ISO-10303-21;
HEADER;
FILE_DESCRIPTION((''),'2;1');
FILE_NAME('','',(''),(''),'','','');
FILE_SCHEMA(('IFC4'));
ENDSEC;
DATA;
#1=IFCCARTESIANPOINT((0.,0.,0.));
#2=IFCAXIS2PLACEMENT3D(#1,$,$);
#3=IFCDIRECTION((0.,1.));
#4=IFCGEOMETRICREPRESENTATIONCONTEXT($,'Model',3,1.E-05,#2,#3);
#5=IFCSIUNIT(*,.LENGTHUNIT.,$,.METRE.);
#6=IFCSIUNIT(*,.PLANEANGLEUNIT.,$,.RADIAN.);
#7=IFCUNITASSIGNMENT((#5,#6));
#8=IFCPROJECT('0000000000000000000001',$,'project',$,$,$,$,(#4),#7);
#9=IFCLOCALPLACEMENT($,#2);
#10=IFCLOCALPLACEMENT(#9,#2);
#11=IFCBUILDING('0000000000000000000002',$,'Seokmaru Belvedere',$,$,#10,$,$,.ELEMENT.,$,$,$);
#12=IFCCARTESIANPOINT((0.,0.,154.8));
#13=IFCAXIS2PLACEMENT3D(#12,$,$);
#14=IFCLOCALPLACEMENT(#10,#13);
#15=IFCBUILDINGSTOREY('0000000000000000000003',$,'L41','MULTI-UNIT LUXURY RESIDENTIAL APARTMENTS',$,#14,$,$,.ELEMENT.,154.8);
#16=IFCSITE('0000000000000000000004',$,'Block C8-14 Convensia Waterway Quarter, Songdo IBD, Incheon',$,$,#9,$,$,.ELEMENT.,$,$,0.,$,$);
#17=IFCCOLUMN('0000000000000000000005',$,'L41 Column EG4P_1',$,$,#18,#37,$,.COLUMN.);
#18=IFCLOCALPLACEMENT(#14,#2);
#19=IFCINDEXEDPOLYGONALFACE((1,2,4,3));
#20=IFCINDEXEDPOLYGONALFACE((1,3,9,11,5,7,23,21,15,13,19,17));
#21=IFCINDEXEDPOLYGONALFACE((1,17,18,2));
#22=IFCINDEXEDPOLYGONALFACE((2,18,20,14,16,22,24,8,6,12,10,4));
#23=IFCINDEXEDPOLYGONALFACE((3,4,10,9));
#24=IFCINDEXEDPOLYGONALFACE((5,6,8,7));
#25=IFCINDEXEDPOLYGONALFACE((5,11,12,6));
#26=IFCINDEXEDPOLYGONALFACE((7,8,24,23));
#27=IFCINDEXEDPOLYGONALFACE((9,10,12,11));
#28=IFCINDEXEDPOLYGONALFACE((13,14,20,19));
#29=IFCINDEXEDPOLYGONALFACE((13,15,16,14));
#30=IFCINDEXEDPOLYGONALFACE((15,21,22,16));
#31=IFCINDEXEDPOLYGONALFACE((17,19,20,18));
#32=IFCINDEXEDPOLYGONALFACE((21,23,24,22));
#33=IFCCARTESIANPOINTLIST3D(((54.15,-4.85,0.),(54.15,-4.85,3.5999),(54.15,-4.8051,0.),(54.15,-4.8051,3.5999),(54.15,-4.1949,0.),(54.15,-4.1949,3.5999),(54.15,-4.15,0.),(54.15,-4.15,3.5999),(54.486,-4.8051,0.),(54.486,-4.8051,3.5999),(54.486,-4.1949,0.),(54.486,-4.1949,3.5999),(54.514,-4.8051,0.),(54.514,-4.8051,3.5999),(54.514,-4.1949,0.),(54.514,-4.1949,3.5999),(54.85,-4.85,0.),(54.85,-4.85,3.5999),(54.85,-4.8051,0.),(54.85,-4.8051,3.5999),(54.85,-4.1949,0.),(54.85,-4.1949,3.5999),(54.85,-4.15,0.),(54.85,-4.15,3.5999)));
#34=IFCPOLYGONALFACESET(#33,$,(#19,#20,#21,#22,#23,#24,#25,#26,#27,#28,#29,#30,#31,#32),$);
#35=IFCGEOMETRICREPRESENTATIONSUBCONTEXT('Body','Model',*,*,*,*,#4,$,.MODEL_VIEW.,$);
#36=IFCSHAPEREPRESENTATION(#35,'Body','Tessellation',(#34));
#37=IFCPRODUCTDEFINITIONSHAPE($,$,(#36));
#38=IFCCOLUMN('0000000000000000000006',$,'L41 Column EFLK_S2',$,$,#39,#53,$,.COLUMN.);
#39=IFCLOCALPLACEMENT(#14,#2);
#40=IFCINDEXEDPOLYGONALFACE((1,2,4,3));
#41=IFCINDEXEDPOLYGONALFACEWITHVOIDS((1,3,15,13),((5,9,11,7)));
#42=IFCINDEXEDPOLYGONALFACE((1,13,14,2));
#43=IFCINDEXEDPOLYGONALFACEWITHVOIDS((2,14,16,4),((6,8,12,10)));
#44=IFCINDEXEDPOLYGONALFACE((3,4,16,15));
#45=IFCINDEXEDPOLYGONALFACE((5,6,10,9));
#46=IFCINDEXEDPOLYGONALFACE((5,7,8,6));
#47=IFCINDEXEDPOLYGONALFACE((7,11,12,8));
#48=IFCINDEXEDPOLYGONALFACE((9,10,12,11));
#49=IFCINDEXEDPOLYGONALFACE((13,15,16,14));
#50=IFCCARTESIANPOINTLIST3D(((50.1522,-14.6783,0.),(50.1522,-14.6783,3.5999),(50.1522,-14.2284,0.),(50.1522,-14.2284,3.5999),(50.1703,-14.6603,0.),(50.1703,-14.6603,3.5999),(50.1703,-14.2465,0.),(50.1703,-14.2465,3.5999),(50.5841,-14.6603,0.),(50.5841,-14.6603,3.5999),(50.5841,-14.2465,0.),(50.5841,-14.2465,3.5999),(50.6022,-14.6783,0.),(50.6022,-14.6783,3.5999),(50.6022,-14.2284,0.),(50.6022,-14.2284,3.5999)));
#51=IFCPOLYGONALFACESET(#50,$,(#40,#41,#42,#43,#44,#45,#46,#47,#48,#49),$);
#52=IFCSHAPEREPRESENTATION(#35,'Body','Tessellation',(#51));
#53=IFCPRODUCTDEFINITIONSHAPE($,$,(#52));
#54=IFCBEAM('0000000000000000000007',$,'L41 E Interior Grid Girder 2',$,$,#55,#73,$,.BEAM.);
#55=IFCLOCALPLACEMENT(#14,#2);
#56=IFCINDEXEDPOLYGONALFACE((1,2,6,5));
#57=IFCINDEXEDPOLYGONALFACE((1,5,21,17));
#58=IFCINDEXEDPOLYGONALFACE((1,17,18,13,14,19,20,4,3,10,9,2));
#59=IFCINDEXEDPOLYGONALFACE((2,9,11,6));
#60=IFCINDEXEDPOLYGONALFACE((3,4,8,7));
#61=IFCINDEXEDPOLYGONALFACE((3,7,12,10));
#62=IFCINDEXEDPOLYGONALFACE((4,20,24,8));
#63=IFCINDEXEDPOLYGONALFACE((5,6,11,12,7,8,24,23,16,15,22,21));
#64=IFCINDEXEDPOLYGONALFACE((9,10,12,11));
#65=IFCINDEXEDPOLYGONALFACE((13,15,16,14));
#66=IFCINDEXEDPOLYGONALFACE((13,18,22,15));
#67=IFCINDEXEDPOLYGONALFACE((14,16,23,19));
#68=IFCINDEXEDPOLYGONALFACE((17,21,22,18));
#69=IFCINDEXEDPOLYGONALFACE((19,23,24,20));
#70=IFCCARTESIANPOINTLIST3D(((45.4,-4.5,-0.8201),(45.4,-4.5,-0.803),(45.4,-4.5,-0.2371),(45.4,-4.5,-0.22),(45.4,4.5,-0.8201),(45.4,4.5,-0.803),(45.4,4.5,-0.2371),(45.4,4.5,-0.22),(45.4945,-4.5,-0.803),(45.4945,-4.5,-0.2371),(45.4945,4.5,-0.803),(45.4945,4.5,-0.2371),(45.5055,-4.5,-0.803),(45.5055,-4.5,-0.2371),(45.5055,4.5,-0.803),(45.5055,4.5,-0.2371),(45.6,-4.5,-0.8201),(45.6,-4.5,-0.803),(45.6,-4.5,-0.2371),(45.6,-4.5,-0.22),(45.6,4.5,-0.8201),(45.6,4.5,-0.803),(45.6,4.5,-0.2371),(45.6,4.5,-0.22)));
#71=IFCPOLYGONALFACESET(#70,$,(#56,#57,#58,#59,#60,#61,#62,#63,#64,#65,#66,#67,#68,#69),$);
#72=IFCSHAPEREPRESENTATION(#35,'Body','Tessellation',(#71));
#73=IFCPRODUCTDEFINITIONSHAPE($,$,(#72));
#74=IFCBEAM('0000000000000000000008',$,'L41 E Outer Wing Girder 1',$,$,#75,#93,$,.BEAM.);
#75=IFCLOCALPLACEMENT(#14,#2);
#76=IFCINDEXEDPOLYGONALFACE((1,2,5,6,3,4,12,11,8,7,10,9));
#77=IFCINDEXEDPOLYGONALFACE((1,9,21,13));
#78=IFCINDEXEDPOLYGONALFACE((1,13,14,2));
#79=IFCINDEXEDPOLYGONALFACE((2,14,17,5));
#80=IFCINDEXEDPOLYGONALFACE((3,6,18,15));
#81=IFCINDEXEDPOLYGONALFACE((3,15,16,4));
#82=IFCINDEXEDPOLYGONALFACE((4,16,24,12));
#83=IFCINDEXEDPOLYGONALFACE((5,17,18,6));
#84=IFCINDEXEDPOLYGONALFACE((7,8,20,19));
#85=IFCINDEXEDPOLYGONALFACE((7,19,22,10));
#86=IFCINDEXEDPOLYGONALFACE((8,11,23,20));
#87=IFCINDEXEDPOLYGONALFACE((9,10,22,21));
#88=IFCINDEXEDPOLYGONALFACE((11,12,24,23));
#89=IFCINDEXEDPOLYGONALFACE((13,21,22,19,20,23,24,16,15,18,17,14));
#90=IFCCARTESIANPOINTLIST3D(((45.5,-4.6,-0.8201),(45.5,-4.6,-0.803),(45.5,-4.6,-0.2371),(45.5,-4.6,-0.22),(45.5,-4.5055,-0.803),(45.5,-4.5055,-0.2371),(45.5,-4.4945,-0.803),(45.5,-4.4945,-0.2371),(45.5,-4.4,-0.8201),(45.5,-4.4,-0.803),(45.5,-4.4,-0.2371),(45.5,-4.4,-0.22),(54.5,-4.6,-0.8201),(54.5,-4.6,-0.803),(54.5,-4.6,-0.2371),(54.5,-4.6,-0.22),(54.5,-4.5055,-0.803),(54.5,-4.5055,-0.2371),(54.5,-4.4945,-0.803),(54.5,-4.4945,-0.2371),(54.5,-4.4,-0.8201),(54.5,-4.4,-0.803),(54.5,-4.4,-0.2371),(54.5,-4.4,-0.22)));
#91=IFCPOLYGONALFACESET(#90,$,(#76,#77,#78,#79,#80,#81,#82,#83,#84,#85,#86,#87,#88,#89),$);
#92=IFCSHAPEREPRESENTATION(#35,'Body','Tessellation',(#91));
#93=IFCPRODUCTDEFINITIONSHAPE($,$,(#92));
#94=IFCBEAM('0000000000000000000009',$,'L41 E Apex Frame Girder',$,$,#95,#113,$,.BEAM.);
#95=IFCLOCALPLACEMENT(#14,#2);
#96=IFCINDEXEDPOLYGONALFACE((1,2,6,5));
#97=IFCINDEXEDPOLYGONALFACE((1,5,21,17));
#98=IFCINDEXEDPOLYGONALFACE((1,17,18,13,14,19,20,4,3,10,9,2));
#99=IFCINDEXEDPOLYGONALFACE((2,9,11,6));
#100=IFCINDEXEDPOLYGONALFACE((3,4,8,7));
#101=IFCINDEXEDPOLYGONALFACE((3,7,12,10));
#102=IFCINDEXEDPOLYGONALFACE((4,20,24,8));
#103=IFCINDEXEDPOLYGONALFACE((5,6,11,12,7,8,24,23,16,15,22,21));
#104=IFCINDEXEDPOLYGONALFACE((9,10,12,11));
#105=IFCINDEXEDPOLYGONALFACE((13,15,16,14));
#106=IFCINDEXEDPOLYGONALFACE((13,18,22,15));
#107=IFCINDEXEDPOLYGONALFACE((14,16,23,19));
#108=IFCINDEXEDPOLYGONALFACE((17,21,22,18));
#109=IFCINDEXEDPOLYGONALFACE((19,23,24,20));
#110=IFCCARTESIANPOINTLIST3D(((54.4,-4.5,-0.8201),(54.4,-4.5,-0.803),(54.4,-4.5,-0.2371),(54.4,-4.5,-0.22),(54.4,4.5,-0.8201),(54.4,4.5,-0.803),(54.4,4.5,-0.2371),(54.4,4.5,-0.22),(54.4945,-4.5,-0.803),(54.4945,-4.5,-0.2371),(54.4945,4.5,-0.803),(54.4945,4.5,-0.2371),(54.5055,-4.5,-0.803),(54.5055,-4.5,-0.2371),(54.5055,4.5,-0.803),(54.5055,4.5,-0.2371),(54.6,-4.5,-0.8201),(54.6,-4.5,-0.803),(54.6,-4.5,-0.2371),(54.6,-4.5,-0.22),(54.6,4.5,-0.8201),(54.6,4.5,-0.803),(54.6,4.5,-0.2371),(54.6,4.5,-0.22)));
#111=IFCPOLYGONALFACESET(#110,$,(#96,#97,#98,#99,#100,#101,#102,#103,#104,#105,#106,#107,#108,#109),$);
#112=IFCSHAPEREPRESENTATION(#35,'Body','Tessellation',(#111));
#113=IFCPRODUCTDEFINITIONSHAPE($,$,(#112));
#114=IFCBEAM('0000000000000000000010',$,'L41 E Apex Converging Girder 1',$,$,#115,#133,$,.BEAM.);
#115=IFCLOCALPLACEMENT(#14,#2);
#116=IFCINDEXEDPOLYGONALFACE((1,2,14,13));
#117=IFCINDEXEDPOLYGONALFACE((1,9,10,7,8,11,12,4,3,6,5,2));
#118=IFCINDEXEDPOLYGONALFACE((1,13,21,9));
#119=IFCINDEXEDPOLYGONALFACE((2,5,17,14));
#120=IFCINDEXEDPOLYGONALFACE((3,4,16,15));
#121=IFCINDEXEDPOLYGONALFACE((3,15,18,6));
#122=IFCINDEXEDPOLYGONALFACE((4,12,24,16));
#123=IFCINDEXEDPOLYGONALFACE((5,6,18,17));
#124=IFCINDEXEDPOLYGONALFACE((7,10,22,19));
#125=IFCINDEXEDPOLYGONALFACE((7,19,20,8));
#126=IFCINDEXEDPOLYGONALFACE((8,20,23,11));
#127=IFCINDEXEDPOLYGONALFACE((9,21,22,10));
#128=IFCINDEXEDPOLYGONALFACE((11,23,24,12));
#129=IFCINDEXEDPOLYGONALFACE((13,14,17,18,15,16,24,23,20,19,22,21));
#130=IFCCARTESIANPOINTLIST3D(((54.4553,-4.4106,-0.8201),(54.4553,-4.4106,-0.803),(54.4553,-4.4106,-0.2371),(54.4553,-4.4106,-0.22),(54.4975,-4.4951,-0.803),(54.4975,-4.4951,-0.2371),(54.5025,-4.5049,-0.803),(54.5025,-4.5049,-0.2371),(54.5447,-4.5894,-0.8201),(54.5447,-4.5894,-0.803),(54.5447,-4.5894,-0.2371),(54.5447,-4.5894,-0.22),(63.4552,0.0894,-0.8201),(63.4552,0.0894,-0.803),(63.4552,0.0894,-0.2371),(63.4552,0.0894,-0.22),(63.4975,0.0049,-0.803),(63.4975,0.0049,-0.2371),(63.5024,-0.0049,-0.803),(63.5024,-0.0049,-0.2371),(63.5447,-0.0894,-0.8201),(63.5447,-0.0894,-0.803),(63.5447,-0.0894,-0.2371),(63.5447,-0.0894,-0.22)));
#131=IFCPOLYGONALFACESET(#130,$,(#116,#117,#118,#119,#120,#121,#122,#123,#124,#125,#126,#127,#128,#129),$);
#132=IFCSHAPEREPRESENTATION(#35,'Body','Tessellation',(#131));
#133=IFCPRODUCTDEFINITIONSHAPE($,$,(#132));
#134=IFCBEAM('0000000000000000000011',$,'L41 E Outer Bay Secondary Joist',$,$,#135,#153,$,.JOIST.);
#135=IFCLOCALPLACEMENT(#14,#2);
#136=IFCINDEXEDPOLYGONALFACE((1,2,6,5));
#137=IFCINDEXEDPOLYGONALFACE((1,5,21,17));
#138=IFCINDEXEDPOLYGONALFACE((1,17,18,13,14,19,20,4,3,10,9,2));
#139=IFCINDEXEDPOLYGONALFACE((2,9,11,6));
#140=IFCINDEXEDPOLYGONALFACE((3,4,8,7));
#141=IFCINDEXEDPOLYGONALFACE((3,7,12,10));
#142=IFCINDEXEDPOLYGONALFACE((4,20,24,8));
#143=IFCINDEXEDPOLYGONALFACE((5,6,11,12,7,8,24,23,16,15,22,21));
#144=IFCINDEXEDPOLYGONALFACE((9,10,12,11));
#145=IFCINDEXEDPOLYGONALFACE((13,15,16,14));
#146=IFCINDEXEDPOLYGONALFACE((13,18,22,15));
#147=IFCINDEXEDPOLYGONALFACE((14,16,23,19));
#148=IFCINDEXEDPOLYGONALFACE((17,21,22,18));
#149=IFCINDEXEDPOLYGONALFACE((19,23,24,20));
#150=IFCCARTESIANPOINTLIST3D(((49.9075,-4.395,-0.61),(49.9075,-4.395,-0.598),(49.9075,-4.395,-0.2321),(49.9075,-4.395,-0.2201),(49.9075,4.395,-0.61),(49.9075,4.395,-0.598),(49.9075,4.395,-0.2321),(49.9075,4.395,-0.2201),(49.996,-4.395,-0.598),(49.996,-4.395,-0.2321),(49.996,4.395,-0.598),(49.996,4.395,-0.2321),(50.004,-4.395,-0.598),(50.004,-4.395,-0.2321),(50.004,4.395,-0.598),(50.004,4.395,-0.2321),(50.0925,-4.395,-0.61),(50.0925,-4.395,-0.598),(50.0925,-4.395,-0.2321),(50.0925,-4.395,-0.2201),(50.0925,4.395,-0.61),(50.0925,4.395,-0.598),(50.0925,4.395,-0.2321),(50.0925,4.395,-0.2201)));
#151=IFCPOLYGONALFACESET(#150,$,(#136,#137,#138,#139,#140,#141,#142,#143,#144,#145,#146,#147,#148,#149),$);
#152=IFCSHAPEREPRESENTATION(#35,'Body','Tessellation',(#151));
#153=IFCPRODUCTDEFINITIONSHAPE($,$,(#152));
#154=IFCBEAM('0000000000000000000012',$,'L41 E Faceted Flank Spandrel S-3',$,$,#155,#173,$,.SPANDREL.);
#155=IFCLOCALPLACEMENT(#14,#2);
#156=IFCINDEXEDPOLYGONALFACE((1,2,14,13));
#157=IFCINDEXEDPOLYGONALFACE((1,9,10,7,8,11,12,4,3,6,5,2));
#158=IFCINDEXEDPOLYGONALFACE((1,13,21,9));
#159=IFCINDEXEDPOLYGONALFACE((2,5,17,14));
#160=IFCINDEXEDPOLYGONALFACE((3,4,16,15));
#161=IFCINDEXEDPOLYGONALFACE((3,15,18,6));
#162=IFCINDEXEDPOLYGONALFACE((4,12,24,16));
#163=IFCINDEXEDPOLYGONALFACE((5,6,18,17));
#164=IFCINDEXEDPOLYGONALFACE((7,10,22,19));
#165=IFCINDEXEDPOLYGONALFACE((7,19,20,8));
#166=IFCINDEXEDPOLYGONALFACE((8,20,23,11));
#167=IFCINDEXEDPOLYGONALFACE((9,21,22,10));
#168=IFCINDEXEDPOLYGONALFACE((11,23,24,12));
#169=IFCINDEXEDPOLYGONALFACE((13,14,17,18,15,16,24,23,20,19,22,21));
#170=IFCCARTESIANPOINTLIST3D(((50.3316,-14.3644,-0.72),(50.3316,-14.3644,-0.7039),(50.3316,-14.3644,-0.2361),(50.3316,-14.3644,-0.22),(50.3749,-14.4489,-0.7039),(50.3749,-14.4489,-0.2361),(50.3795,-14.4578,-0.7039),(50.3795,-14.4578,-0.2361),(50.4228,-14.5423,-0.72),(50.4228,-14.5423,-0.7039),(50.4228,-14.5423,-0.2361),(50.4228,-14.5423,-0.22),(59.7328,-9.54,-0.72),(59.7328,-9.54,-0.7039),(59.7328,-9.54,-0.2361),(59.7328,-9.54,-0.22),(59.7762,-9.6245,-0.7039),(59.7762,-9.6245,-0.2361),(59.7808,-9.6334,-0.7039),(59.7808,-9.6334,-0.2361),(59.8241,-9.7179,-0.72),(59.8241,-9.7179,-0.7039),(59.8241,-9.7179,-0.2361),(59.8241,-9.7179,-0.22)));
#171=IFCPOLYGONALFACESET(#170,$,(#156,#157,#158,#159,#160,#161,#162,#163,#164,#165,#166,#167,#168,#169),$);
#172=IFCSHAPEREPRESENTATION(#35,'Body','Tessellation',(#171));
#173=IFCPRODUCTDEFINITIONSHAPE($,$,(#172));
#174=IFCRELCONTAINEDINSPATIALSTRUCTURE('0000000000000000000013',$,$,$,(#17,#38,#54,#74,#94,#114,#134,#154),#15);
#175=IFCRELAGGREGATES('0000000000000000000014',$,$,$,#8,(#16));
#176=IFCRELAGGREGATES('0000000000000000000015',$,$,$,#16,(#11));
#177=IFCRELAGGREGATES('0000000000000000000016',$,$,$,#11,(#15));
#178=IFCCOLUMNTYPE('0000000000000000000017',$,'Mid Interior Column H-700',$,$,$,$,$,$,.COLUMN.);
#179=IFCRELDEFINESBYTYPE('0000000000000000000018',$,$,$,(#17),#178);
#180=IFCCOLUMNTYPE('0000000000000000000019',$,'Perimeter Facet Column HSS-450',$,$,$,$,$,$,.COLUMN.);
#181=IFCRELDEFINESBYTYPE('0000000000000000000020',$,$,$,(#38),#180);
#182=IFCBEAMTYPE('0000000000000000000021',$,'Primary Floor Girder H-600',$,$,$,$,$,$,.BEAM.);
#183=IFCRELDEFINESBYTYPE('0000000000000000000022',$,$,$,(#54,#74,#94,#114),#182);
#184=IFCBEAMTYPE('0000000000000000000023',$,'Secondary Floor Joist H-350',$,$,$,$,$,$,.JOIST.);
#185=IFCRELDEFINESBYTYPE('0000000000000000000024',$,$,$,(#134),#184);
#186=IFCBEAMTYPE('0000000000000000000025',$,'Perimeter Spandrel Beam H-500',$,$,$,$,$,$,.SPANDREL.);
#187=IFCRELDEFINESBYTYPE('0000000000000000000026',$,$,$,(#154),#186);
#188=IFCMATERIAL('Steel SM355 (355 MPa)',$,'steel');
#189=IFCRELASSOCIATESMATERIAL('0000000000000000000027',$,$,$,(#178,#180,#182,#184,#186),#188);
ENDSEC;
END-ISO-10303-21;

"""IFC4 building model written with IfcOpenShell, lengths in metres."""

from ifc_helpers import new_model, si_unit, direction, frame, origin, origin_2d, place, context, subcontext, project, spatial, hollow_rectangle, i_section, extrude, source, transform, mapped, material, material_profile, profile_set, type_object, type_shapes, element, save


model = new_model("IFC4")

# Units and contexts
model_context = context("Model", 3, precision=1e-05, world=origin(), true_north=direction((0.0, 1.0)))
body_context = subcontext(model_context, "Body", "Model", "MODEL_VIEW")
ifc_project = project(units=[si_unit("LENGTHUNIT", "METRE"), si_unit("PLANEANGLEUNIT", "RADIAN")], contexts=[model_context])

# Site, building, storey
site_placement = place(None, origin())
site = spatial("IfcSite", under=ifc_project, at=site_placement, Name="Block C8-14 Convensia Waterway Quarter, Songdo IBD, Incheon", CompositionType="ELEMENT", RefElevation=0.0)
building_placement = place(site_placement, origin())
building = spatial("IfcBuilding", under=site, at=building_placement, Name="Seokmaru Belvedere", CompositionType="ELEMENT")
storey_placement = place(building_placement, frame((0.0, 0.0, 154.8)))
storey = spatial("IfcBuildingStorey", under=building, at=storey_placement, Name="L41", Description="MULTI-UNIT LUXURY RESIDENTIAL APARTMENTS", CompositionType="ELEMENT", Elevation=154.8)

# Columns
ifc_material_1 = material(Name="Steel SM355 (355 MPa)", Category="steel")
ifc_material_profile_1 = material_profile(ifc_material_1, i_section(OverallWidth=0.7, OverallDepth=0.7, WebThickness=0.0281, FlangeThickness=0.0449, at=origin_2d()), Name="H-700x700x28x45")
ifc_profile_set_1 = profile_set([ifc_material_profile_1], Name="Steel SM355 (355 MPa)")
column_type_1 = type_object("IfcColumnType", Name="Mid Interior Column H-700", PredefinedType="COLUMN", material=ifc_profile_set_1)
shared_shape_1 = source(origin(), body_context, "Body", "SweptSolid", [
    extrude(i_section(OverallWidth=0.7, OverallDepth=0.7, WebThickness=0.0281, FlangeThickness=0.0449, at=origin_2d()), origin(), (0.0, 0.0, 1.0), 3.5999),
])
type_shapes(column_type_1, [shared_shape_1])
column_1_placement = place(storey_placement, frame((54.5, -4.5, 0.0), z_axis=(0.0, 0.0, 1.0), x_axis=(1.0, 0.0, 0.0)))
element("IfcColumn", 1, at=column_1_placement, inside=storey, type_object=column_type_1, Name="L41 Column EG4P_1", PredefinedType="COLUMN", context=body_context, shape_type="MappedRepresentation", body=[
    mapped(shared_shape_1, transform((0.0, 0.0, 0.0), scale=1.0)),
])
ifc_material_profile_2 = material_profile(ifc_material_1, hollow_rectangle(XDim=0.45, YDim=0.45, WallThickness=0.0181, at=origin_2d()), Name="HSS-450x450x18")
ifc_profile_set_2 = profile_set([ifc_material_profile_2], Name="Steel SM355 (355 MPa)")
column_type_2 = type_object("IfcColumnType", Name="Perimeter Facet Column HSS-450", PredefinedType="COLUMN", material=ifc_profile_set_2)
shared_shape_2 = source(origin(), body_context, "Body", "SweptSolid", [
    extrude(hollow_rectangle(XDim=0.45, YDim=0.45, WallThickness=0.0181, at=origin_2d()), origin(), (0.0, 0.0, 1.0), 3.5999),
])
type_shapes(column_type_2, [shared_shape_2])
column_2_placement = place(storey_placement, frame((50.3772, -14.4534, 0.0), z_axis=(0.0, 0.0, 1.0), x_axis=(1.0, 0.0, 0.0)))
element("IfcColumn", 2, at=column_2_placement, inside=storey, type_object=column_type_2, Name="L41 Column EFLK_S2", PredefinedType="COLUMN", context=body_context, shape_type="MappedRepresentation", body=[
    mapped(shared_shape_2, transform((0.0, 0.0, 0.0), scale=1.0)),
])

# Beams
ifc_material_profile_3 = material_profile(ifc_material_1, i_section(OverallWidth=0.2, OverallDepth=0.6001, WebThickness=0.011, FlangeThickness=0.0171, at=origin_2d()), Name="H-600x200x11x17")
ifc_profile_set_3 = profile_set([ifc_material_profile_3], Name="Steel SM355 (355 MPa)")
beam_type_1 = type_object("IfcBeamType", Name="Primary Floor Girder H-600", PredefinedType="BEAM", material=ifc_profile_set_3)
shared_shape_3 = source(origin(), body_context, "Body", "SweptSolid", [
    extrude(i_section(OverallWidth=0.2, OverallDepth=0.6001, WebThickness=0.011, FlangeThickness=0.0171, at=origin_2d()), origin(), (0.0, 0.0, 1.0), 9.0),
])
for number, where, z_axis, x_axis, name in (
    (3, (45.5, -4.5, -0.52), (0.0, 1.0, 0.0), (-1.0, 0.0, 0.0), "L41 E Interior Grid Girder 2"),
    (4, (45.5, -4.5, -0.52), (1.0, 0.0, 0.0), (0.0, 1.0, 0.0), "L41 E Outer Wing Girder 1"),
    (5, (54.5, -4.5, -0.52), (0.0, 1.0, 0.0), (-1.0, 0.0, 0.0), "L41 E Apex Frame Girder"),
):
    element("IfcBeam", number, at=place(storey_placement, frame(where, z_axis=z_axis, x_axis=x_axis)), inside=storey, type_object=beam_type_1, Name=name, PredefinedType="BEAM", context=body_context, shape_type="MappedRepresentation", body=[
        mapped(shared_shape_3, transform((0.0, 0.0, 0.0), scale=1.0)),
    ])
shared_shape_4 = source(origin(), body_context, "Body", "SweptSolid", [
    extrude(i_section(OverallWidth=0.2, OverallDepth=0.6001, WebThickness=0.011, FlangeThickness=0.0171, at=origin_2d()), origin(), (0.0, 0.0, 1.0), 10.0623),
])
beam_1_placement = place(storey_placement, frame((54.5, -4.5, -0.52), z_axis=(0.894427, 0.447214, 0.0), x_axis=(-0.447214, 0.894427, 0.0)))
element("IfcBeam", 6, at=beam_1_placement, inside=storey, type_object=beam_type_1, Name="L41 E Apex Converging Girder 1", PredefinedType="BEAM", context=body_context, shape_type="MappedRepresentation", body=[
    mapped(shared_shape_4, transform((0.0, 0.0, 0.0), scale=1.0)),
])
ifc_material_profile_4 = material_profile(ifc_material_1, i_section(OverallWidth=0.1851, OverallDepth=0.3899, WebThickness=0.0081, FlangeThickness=0.012, at=origin_2d()), Name="H-390x185x8x12")
ifc_profile_set_4 = profile_set([ifc_material_profile_4], Name="Steel SM355 (355 MPa)")
beam_type_2 = type_object("IfcBeamType", Name="Secondary Floor Joist H-350", PredefinedType="JOIST", material=ifc_profile_set_4)
shared_shape_5 = source(origin(), body_context, "Body", "SweptSolid", [
    extrude(i_section(OverallWidth=0.1851, OverallDepth=0.3899, WebThickness=0.0081, FlangeThickness=0.012, at=origin_2d()), origin(), (0.0, 0.0, 1.0), 8.79),
])
type_shapes(beam_type_2, [shared_shape_5])
beam_2_placement = place(storey_placement, frame((50.0, -4.395, -0.415), z_axis=(0.0, 1.0, 0.0), x_axis=(-1.0, 0.0, 0.0)))
element("IfcBeam", 7, at=beam_2_placement, inside=storey, type_object=beam_type_2, Name="L41 E Outer Bay Secondary Joist", PredefinedType="JOIST", context=body_context, shape_type="MappedRepresentation", body=[
    mapped(shared_shape_5, transform((0.0, 0.0, 0.0), scale=1.0)),
])
ifc_material_profile_5 = material_profile(ifc_material_1, i_section(OverallWidth=0.2, OverallDepth=0.5, WebThickness=0.01, FlangeThickness=0.0161, at=origin_2d()), Name="H-500x200x10x16")
ifc_profile_set_5 = profile_set([ifc_material_profile_5], Name="Steel SM355 (355 MPa)")
beam_type_3 = type_object("IfcBeamType", Name="Perimeter Spandrel Beam H-500", PredefinedType="SPANDREL", material=ifc_profile_set_5)
shared_shape_6 = source(origin(), body_context, "Body", "SweptSolid", [
    extrude(i_section(OverallWidth=0.2, OverallDepth=0.5, WebThickness=0.01, FlangeThickness=0.0161, at=origin_2d()), origin(), (0.0, 0.0, 1.0), 10.5669),
])
type_shapes(beam_type_3, [shared_shape_6])
beam_3_placement = place(storey_placement, frame((50.3772, -14.4534, -0.47), z_axis=(0.889693, 0.45656, 0.0), x_axis=(-0.45656, 0.889693, 0.0)))
element("IfcBeam", 8, at=beam_3_placement, inside=storey, type_object=beam_type_3, Name="L41 E Faceted Flank Spandrel S-3", PredefinedType="SPANDREL", context=body_context, shape_type="MappedRepresentation", body=[
    mapped(shared_shape_6, transform((0.0, 0.0, 0.0), scale=1.0)),
])

save(model, "model.ifc")
